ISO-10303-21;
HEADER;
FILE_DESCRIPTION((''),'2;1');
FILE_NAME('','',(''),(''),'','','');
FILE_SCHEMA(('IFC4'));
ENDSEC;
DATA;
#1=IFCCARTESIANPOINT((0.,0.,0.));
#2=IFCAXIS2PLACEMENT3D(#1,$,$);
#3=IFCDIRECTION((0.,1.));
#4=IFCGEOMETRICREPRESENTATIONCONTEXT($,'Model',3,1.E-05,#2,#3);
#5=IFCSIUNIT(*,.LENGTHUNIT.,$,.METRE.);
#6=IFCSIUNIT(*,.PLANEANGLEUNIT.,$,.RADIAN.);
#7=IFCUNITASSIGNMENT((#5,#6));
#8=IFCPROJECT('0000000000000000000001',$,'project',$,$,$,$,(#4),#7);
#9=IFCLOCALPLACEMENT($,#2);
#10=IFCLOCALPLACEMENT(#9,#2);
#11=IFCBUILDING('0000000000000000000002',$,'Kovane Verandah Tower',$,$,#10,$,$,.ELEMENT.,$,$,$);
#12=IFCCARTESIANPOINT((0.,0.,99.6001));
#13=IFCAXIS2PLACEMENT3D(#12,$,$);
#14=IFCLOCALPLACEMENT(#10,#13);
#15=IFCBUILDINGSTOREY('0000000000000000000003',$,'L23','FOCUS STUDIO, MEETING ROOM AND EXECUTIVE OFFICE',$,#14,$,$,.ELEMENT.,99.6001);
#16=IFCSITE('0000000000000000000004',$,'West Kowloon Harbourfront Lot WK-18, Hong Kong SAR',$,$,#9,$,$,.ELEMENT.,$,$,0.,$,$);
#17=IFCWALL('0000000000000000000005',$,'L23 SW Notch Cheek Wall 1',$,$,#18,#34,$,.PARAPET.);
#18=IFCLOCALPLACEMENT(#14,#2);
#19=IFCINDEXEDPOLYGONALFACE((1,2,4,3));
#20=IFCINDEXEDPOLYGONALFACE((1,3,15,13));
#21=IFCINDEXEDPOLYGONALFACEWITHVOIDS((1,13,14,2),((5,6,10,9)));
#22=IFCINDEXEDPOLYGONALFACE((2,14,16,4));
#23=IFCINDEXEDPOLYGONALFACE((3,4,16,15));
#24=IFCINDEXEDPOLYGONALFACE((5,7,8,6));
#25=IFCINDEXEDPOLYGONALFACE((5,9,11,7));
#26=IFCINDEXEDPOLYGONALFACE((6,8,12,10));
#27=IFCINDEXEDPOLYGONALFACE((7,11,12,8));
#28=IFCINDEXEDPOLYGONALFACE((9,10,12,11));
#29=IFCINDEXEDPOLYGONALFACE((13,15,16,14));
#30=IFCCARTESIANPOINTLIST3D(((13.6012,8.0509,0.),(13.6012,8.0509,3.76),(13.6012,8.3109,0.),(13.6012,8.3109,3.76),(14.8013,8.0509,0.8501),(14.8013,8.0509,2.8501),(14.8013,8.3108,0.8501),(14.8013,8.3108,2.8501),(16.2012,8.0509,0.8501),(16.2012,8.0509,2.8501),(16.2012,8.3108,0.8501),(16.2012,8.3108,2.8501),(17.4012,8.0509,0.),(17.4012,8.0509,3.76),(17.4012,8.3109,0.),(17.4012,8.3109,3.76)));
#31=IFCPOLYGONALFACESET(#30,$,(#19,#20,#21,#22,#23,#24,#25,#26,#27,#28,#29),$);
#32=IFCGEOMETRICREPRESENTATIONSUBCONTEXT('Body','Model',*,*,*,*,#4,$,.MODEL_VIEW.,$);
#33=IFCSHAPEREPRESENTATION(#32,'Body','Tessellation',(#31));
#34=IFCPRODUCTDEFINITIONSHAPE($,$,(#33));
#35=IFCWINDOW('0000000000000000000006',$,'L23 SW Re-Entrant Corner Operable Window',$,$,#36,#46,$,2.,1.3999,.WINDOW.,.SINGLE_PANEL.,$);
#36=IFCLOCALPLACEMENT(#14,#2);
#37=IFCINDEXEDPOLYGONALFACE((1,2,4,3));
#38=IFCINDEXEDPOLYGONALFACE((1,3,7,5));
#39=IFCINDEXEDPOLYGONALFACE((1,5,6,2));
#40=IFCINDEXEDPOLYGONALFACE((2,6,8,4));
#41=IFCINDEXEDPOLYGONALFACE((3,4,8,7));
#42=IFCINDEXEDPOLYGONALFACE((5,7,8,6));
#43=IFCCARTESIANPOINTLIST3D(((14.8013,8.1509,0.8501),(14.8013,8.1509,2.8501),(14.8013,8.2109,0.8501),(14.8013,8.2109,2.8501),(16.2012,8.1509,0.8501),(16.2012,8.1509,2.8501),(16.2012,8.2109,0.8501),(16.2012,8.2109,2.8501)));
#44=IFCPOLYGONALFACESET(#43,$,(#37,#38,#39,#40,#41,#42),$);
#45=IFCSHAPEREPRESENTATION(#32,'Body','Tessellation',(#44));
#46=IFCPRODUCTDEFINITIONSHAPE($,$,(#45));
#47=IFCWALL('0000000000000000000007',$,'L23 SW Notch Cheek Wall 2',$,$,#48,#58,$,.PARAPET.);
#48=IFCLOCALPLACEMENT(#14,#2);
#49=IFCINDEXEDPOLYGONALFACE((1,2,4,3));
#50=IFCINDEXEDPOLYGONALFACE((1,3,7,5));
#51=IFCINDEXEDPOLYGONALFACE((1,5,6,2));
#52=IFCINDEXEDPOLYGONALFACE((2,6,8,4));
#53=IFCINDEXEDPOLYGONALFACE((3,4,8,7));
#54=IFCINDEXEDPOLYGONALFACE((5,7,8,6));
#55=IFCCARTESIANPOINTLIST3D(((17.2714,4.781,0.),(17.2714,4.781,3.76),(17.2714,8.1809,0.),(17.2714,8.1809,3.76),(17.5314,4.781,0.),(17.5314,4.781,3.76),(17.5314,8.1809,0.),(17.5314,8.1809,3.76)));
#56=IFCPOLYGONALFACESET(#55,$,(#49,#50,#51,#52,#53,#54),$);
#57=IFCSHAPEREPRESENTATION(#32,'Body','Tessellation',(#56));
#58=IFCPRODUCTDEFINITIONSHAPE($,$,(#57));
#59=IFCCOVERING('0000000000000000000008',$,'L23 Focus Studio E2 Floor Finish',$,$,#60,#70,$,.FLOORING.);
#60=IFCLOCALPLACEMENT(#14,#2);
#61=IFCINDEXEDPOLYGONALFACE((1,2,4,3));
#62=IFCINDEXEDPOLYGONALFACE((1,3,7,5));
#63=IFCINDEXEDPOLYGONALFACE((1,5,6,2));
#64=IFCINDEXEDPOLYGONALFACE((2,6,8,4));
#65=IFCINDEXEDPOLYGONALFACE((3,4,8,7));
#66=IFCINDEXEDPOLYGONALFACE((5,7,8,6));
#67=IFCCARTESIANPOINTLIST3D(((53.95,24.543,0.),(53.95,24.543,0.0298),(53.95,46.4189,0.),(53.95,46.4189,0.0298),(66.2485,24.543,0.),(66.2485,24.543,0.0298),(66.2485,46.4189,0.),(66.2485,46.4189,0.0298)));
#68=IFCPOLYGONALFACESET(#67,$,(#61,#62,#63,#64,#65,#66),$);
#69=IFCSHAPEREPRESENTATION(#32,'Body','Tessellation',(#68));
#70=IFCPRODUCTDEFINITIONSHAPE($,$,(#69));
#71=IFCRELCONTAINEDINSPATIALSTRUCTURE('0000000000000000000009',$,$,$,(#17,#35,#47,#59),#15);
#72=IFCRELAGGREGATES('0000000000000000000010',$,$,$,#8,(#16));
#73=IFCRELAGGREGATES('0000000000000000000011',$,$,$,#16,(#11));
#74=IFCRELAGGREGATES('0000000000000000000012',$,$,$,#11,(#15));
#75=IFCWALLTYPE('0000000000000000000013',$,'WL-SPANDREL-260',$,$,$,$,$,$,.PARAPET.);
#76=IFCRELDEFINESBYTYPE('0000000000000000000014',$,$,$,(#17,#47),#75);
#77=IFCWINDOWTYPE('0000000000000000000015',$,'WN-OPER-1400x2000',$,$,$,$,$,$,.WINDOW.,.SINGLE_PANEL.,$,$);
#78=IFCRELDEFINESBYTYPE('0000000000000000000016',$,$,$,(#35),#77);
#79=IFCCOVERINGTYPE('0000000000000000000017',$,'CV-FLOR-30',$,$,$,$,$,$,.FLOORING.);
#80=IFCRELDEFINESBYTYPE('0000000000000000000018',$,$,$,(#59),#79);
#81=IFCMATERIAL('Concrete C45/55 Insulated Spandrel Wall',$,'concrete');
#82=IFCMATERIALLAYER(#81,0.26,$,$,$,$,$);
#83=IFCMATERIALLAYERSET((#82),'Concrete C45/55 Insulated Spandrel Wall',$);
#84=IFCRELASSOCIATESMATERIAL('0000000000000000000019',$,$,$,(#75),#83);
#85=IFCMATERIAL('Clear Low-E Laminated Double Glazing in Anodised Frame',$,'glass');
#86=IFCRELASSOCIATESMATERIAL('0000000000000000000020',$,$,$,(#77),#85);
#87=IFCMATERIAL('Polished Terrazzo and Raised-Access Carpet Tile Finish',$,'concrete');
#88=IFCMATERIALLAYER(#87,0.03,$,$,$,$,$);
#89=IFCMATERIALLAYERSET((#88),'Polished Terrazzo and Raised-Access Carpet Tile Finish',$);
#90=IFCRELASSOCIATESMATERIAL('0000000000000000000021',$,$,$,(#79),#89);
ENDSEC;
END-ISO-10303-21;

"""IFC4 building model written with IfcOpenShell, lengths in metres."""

from ifc_helpers import new_model, si_unit, direction, frame, frame_2d, origin, place, context, subcontext, project, spatial, polyline, rectangle, outline, extrude, material, layer, layer_set, type_object, element, fill, save


model = new_model("IFC4")

# Units and contexts
model_context = context("Model", 3, precision=1e-05, world=origin(), true_north=direction((0.0, 1.0)))
body_context = subcontext(model_context, "Body", "Model", "MODEL_VIEW")
ifc_project = project(units=[si_unit("LENGTHUNIT", "METRE"), si_unit("PLANEANGLEUNIT", "RADIAN")], contexts=[model_context])

# Site, building, storey
site_placement = place(None, origin())
site = spatial("IfcSite", under=ifc_project, at=site_placement, Name="West Kowloon Harbourfront Lot WK-18, Hong Kong SAR", CompositionType="ELEMENT", RefElevation=0.0)
building_placement = place(site_placement, origin())
building = spatial("IfcBuilding", under=site, at=building_placement, Name="Kovane Verandah Tower", CompositionType="ELEMENT")
storey_placement = place(building_placement, frame((0.0, 0.0, 99.6001)))
storey = spatial("IfcBuildingStorey", under=building, at=storey_placement, Name="L23", Description="FOCUS STUDIO, MEETING ROOM AND EXECUTIVE OFFICE", CompositionType="ELEMENT", Elevation=99.6001)

# Wall, opening, window
ifc_material_1 = material(Name="Concrete C45/55 Insulated Spandrel Wall", Category="concrete")
ifc_layer_1 = layer(ifc_material_1, 0.26)
ifc_layer_set_1 = layer_set([ifc_layer_1], Name="Concrete C45/55 Insulated Spandrel Wall")
wall_type_1 = type_object("IfcWallType", Name="WL-SPANDREL-260", PredefinedType="PARAPET", material=ifc_layer_set_1)
wall_1_placement = place(storey_placement, frame((13.6013, 8.1809, 0.0), z_axis=(0.0, 0.0, 1.0), x_axis=(1.0, 0.0, 0.0)))
wall_1 = element("IfcWall", 1, at=wall_1_placement, inside=storey, type_object=wall_type_1, Name="L23 SW Notch Cheek Wall 1", PredefinedType="PARAPET", context=body_context, shape_type="SweptSolid", body=[
    extrude(rectangle(XDim=3.8, YDim=0.26, at=frame_2d((1.8999, 0.0))), origin(), (0.0, 0.0, 1.0), 3.76),
])
opening_1_placement = place(wall_1_placement, frame((1.2, 0.0, 0.8501)))
opening_1 = element("IfcOpeningElement", 2, at=opening_1_placement, cuts=wall_1, PredefinedType="OPENING", context=body_context, shape_type="SweptSolid", body=[
    extrude(rectangle(XDim=1.3999, YDim=2.0, at=frame_2d((0.7, 1.0))), frame((0.0, 0.1299, 0.0), z_axis=(0.0, -1.0, 0.0), x_axis=(1.0, 0.0, 0.0)), (0.0, 0.0, 1.0), 0.26),
])
ifc_material_2 = material(Name="Clear Low-E Laminated Double Glazing in Anodised Frame", Category="glass")
window_type = type_object("IfcWindowType", Name="WN-OPER-1400x2000", PartitioningType="SINGLE_PANEL", PredefinedType="WINDOW", material=ifc_material_2)
window_placement = place(opening_1_placement, origin())
window = element("IfcWindow", 3, at=window_placement, inside=storey, type_object=window_type, Name="L23 SW Re-Entrant Corner Operable Window", OverallHeight=2.0, OverallWidth=1.3999, PartitioningType="SINGLE_PANEL", PredefinedType="WINDOW", context=body_context, shape_type="SweptSolid", body=[
    extrude(rectangle(XDim=1.3999, YDim=2.0, at=frame_2d((0.7, 1.0))), frame((0.0, 0.03, 0.0), z_axis=(0.0, -1.0, 0.0), x_axis=(1.0, 0.0, 0.0)), (0.0, 0.0, 1.0), 0.0601),
])
fill(opening_1, window)

# Wall
wall_2_placement = place(storey_placement, frame((17.4014, 8.1809, 0.0), z_axis=(0.0, 0.0, 1.0), x_axis=(0.0, -1.0, 0.0)))
element("IfcWall", 4, at=wall_2_placement, inside=storey, type_object=wall_type_1, Name="L23 SW Notch Cheek Wall 2", PredefinedType="PARAPET", context=body_context, shape_type="SweptSolid", body=[
    extrude(rectangle(XDim=3.3999, YDim=0.26, at=frame_2d((1.7, 0.0))), origin(), (0.0, 0.0, 1.0), 3.76),
])

# Covering
ifc_material_3 = material(Name="Polished Terrazzo and Raised-Access Carpet Tile Finish", Category="concrete")
ifc_layer_2 = layer(ifc_material_3, 0.03)
ifc_layer_set_2 = layer_set([ifc_layer_2], Name="Polished Terrazzo and Raised-Access Carpet Tile Finish")
covering_type = type_object("IfcCoveringType", Name="CV-FLOR-30", PredefinedType="FLOORING", material=ifc_layer_set_2)
covering_placement = place(storey_placement, origin())
element("IfcCovering", 5, at=covering_placement, inside=storey, type_object=covering_type, Name="L23 Focus Studio E2 Floor Finish", PredefinedType="FLOORING", context=body_context, shape_type="SweptSolid", body=[
    extrude(outline(polyline([(53.95, 24.543), (66.2485, 24.543), (66.2485, 46.4189), (53.95, 46.4189), (53.95, 24.543)])), origin(), (0.0, 0.0, 1.0), 0.0298),
])

save(model, "model.ifc")
